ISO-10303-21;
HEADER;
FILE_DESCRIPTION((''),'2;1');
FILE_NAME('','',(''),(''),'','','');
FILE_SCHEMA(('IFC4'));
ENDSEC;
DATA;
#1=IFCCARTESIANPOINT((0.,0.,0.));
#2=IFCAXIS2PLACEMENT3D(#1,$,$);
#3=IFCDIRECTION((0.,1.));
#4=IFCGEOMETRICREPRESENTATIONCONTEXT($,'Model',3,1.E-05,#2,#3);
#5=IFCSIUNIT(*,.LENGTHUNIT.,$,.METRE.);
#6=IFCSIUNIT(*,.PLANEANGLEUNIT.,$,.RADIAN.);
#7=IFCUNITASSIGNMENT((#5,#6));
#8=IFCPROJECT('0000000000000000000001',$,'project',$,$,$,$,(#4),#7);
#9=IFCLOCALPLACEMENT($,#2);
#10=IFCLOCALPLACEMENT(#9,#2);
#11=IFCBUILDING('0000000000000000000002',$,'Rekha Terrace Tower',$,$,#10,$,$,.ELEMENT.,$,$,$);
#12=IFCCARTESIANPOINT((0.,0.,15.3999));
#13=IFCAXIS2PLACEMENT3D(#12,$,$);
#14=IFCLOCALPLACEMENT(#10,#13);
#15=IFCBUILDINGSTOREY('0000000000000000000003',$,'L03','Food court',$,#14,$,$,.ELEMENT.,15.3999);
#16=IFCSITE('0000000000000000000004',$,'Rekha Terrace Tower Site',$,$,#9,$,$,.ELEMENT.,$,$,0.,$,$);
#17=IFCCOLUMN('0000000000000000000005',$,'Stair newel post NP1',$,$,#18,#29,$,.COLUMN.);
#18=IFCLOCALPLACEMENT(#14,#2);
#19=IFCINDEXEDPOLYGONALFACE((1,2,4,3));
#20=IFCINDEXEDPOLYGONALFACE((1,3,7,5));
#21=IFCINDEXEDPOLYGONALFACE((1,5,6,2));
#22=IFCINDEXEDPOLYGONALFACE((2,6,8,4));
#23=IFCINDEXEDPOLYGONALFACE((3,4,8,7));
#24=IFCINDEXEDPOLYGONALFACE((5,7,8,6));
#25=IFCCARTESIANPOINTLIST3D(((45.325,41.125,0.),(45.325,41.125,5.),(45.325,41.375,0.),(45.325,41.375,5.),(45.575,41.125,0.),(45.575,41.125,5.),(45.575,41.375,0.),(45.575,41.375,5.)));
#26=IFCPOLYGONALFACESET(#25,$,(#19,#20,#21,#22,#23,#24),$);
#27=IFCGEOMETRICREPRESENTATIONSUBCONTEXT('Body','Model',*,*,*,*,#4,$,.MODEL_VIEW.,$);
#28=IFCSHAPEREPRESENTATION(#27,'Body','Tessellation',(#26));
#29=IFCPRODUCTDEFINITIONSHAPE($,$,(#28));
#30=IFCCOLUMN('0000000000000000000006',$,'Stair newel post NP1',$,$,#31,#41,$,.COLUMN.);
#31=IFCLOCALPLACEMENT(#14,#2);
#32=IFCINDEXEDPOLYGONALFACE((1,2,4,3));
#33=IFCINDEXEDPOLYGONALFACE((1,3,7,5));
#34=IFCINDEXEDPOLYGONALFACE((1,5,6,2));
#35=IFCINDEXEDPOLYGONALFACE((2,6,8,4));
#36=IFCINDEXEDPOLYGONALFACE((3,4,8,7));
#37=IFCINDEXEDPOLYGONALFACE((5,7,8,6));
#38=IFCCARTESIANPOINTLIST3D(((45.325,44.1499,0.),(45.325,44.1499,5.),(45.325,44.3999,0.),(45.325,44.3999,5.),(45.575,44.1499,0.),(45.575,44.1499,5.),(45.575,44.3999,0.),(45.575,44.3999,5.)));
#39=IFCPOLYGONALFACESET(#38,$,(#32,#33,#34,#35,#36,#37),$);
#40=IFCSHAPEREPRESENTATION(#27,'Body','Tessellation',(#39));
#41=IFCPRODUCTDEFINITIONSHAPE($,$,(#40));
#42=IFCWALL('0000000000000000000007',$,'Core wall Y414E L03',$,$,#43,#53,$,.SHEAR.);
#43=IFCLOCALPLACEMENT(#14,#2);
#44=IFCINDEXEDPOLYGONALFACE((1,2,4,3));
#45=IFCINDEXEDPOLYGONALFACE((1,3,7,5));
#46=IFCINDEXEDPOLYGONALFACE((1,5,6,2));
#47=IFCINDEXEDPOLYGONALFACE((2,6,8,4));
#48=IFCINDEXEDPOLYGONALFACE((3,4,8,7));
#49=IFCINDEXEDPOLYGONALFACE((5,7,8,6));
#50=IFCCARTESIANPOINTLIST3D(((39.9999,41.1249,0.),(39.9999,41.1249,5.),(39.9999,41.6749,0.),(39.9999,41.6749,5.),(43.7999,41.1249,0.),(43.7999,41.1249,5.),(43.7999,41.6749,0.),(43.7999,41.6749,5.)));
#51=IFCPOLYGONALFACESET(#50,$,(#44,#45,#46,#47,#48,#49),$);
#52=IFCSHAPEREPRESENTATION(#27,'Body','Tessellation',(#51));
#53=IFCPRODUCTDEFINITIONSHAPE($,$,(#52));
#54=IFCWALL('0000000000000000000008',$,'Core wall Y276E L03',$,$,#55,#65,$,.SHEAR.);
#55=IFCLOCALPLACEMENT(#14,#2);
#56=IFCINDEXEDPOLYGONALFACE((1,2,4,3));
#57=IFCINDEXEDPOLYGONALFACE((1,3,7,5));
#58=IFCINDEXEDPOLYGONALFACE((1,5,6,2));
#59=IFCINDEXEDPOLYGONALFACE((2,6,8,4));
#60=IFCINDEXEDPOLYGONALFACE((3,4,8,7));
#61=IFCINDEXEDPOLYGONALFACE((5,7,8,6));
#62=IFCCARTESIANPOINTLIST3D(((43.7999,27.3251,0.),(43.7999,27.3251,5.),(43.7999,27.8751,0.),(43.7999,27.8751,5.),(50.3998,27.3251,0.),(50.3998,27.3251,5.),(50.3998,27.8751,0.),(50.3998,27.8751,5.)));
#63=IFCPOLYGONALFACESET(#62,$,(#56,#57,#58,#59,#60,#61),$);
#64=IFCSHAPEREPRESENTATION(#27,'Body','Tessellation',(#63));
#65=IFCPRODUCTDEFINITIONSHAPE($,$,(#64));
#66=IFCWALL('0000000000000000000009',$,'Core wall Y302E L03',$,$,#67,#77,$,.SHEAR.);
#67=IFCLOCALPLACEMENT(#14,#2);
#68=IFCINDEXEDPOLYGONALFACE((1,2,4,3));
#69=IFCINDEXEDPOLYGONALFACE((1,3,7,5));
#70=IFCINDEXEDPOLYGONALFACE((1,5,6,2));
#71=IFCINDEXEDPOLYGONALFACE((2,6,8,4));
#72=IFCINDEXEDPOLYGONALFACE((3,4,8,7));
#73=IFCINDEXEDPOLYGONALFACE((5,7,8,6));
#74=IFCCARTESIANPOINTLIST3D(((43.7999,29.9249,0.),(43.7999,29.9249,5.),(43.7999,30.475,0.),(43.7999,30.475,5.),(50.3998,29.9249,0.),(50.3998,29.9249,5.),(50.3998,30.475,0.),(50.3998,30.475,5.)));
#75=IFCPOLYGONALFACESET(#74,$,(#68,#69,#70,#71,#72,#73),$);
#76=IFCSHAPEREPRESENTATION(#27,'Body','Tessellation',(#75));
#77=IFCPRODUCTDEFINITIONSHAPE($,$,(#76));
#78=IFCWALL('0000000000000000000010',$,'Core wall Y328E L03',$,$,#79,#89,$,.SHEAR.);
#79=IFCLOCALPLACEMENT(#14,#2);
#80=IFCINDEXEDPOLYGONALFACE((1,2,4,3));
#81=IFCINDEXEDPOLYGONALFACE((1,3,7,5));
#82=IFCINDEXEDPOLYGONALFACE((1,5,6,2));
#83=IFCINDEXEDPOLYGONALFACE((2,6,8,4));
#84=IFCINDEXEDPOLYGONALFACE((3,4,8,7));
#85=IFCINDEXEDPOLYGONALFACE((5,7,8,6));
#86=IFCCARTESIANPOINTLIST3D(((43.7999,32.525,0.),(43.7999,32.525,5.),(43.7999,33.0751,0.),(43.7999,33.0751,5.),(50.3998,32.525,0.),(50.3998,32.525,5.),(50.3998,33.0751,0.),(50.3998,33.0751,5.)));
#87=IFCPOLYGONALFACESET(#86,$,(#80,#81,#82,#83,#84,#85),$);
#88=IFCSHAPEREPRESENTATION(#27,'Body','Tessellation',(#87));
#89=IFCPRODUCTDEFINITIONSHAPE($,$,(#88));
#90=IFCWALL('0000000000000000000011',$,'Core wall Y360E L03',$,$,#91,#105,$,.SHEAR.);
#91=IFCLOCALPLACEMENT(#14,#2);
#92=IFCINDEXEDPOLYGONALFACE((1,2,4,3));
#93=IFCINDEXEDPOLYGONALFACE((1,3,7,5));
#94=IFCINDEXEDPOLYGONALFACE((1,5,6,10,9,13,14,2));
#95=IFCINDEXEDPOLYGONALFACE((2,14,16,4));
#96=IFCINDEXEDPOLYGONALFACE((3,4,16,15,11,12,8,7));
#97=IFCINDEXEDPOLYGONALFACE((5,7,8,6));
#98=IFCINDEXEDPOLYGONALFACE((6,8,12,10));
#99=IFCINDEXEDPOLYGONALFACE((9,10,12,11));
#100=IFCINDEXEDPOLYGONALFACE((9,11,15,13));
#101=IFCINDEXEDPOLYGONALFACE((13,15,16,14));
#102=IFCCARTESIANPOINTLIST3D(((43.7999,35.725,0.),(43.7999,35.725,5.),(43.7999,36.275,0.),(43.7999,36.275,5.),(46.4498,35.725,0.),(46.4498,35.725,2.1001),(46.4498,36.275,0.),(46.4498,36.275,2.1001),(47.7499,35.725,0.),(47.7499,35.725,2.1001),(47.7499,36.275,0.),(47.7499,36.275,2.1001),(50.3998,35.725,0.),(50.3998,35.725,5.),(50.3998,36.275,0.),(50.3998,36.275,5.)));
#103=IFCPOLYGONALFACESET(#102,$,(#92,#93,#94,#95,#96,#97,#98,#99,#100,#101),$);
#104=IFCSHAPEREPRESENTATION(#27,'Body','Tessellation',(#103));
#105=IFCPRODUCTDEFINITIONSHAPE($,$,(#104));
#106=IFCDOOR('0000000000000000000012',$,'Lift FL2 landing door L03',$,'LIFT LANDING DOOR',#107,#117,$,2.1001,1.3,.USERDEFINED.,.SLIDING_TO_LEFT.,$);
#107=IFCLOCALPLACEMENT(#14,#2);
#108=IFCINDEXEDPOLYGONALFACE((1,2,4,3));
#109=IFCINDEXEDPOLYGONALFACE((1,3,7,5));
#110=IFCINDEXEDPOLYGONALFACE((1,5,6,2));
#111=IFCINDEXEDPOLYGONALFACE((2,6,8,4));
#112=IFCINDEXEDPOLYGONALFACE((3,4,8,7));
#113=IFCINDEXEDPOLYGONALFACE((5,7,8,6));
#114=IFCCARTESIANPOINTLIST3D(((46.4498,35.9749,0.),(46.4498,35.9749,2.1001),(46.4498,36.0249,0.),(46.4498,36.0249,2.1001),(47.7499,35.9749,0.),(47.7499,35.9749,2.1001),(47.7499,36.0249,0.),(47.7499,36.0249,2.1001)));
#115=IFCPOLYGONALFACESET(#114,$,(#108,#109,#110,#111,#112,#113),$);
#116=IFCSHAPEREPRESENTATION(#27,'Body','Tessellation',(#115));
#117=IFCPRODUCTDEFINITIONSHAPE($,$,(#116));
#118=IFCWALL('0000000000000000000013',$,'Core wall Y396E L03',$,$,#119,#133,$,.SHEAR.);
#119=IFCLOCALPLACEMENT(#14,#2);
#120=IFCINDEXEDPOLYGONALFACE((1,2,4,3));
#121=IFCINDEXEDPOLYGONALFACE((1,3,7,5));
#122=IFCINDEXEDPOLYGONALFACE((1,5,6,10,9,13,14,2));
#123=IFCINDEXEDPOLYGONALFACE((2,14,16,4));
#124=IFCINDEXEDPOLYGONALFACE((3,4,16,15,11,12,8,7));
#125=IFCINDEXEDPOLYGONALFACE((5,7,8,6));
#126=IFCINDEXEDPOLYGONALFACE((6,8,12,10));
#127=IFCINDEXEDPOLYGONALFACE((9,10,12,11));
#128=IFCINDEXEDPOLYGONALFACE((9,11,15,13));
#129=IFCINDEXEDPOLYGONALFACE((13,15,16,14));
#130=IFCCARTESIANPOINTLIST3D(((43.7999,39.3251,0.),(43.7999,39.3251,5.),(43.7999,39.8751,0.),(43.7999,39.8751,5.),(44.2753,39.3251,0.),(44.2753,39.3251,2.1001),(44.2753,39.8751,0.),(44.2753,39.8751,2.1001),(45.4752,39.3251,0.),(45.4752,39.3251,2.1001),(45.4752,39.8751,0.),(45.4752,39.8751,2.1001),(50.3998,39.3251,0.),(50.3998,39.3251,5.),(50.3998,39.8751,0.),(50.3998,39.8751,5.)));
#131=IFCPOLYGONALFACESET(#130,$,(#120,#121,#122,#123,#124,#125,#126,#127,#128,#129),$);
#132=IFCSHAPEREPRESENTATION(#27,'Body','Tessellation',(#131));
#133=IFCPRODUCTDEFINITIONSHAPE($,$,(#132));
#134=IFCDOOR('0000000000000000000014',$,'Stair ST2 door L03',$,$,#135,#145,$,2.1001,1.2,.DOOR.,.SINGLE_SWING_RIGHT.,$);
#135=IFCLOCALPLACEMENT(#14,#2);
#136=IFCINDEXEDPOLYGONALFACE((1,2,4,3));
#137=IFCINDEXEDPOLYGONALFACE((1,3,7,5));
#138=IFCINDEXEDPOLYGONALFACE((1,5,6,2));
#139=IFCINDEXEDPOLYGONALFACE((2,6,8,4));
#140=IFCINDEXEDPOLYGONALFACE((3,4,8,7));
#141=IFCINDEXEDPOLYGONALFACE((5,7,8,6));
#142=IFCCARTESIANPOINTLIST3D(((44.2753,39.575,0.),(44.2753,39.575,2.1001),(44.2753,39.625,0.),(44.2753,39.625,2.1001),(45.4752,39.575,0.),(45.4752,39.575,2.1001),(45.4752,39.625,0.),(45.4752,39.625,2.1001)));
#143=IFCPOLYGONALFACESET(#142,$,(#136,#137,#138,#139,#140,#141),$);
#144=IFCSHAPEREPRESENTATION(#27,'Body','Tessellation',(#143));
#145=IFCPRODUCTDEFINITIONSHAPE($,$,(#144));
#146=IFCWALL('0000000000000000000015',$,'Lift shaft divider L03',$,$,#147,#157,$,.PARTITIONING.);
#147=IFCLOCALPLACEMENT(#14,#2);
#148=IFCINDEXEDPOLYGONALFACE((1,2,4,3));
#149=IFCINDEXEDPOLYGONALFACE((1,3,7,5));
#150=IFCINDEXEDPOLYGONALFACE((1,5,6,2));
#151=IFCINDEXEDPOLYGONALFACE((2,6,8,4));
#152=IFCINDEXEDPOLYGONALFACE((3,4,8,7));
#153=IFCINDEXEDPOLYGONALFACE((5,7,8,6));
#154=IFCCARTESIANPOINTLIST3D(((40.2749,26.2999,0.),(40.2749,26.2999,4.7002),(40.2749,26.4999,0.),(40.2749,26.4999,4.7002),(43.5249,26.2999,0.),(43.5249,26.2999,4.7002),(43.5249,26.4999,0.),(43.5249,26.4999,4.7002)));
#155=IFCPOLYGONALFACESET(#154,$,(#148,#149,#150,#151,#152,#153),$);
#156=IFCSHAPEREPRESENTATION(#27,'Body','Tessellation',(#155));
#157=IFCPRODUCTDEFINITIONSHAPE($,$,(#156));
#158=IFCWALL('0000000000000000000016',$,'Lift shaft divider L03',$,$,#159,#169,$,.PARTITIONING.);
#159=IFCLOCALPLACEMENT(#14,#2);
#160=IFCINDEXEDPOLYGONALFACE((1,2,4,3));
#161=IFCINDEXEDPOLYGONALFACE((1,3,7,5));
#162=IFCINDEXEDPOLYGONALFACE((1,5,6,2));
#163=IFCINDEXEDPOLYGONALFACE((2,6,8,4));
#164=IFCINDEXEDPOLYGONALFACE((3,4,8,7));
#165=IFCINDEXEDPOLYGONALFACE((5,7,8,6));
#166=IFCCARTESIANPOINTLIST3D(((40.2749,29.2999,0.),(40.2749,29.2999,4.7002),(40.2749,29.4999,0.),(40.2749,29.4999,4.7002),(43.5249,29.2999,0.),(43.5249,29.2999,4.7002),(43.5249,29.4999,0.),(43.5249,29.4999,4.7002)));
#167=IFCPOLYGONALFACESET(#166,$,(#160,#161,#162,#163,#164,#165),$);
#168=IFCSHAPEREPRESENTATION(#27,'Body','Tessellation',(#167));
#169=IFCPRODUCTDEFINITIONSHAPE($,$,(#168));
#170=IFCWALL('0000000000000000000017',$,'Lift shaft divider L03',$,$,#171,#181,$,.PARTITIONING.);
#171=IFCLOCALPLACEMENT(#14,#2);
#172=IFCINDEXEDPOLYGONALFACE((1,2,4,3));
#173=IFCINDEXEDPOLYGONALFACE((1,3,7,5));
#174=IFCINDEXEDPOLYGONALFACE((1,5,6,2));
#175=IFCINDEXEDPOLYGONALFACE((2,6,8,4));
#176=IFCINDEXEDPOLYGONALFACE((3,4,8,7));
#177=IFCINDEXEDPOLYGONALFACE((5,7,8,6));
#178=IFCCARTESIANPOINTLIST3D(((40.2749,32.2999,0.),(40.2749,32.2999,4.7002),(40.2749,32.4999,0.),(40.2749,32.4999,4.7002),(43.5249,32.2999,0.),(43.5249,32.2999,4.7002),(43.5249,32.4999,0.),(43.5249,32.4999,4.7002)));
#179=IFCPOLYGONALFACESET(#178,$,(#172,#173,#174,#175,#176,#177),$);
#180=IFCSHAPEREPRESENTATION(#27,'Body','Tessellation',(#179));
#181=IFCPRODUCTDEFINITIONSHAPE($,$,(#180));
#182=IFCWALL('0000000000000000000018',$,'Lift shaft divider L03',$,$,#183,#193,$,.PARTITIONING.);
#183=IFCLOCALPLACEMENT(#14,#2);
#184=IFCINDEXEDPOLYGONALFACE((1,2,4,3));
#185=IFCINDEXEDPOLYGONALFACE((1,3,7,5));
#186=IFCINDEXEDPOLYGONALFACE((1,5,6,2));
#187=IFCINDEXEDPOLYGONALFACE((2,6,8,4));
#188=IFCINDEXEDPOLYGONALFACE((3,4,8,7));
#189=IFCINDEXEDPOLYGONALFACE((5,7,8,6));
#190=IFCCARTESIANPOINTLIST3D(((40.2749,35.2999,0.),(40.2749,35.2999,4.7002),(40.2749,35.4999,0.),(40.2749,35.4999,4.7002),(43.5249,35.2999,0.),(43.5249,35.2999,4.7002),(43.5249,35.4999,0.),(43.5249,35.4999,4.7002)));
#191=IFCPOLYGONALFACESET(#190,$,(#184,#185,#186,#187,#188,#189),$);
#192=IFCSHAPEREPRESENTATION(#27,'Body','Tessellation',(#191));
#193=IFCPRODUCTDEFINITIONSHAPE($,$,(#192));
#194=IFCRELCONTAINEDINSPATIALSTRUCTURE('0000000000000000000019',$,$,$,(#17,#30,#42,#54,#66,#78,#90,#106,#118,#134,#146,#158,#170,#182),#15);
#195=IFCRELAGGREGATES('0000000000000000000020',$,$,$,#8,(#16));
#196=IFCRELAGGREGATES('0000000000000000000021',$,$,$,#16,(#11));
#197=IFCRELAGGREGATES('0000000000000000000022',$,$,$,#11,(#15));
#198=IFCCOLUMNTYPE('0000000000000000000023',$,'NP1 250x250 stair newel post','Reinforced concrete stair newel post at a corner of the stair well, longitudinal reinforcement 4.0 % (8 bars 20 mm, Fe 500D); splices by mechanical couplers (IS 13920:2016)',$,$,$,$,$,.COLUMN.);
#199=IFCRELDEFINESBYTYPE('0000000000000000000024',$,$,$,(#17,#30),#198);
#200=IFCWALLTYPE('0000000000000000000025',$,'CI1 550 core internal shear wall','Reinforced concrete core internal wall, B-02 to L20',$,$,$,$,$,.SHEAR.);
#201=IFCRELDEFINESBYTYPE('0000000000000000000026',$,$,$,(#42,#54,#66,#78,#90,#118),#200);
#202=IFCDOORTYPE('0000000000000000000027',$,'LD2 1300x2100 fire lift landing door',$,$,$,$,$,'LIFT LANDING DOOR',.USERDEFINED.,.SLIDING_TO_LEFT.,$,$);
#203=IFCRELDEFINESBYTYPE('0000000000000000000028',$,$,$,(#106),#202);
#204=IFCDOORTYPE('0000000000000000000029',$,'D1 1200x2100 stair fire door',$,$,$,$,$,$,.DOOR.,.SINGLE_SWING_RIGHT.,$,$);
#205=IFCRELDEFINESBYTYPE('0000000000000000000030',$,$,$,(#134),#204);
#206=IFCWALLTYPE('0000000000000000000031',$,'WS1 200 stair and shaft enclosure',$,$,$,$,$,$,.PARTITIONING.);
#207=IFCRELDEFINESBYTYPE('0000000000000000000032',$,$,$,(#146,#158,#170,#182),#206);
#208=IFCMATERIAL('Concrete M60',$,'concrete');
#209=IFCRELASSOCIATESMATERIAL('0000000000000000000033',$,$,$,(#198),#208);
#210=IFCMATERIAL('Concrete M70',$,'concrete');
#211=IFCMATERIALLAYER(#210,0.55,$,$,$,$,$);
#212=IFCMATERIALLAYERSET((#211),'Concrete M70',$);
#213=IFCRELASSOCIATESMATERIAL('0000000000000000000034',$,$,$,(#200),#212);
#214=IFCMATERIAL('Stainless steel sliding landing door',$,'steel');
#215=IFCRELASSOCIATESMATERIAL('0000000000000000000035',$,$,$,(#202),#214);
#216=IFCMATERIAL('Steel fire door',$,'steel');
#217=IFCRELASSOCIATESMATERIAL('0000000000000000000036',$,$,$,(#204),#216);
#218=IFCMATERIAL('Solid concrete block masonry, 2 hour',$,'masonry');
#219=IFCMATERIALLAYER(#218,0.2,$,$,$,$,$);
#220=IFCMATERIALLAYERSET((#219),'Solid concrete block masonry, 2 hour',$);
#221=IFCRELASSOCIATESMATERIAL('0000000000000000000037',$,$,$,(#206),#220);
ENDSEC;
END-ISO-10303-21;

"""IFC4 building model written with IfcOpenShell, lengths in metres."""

from ifc_helpers import new_model, si_unit, direction, frame, frame_2d, origin, origin_2d, place, context, subcontext, project, spatial, rectangle, extrude, material, layer, layer_set, material_profile, profile_set, type_object, element, fill, save


model = new_model("IFC4")

# Units and contexts
model_context = context("Model", 3, precision=1e-05, world=origin(), true_north=direction((0.0, 1.0)))
body_context = subcontext(model_context, "Body", "Model", "MODEL_VIEW")
ifc_project = project(units=[si_unit("LENGTHUNIT", "METRE"), si_unit("PLANEANGLEUNIT", "RADIAN")], contexts=[model_context])

# Site, building, storey
site_placement = place(None, origin())
site = spatial("IfcSite", under=ifc_project, at=site_placement, Name="Rekha Terrace Tower Site", CompositionType="ELEMENT", RefElevation=0.0)
building_placement = place(site_placement, origin())
building = spatial("IfcBuilding", under=site, at=building_placement, Name="Rekha Terrace Tower", CompositionType="ELEMENT")
storey_placement = place(building_placement, frame((0.0, 0.0, 15.3999)))
storey = spatial("IfcBuildingStorey", under=building, at=storey_placement, Name="L03", Description="Food court", CompositionType="ELEMENT", Elevation=15.3999)

# Columns
ifc_material_1 = material(Name="Concrete M60", Category="concrete")
ifc_material_profile = material_profile(ifc_material_1, rectangle(XDim=0.25, YDim=0.25, at=origin_2d()), Name="RC 250x250")
ifc_profile_set = profile_set([ifc_material_profile], Name="Concrete M60")
column_type = type_object("IfcColumnType", Name="NP1 250x250 stair newel post", Description="Reinforced concrete stair newel post at a corner of the stair well, longitudinal reinforcement 4.0 % (8 bars 20 mm, Fe 500D); splices by mechanical couplers (IS 13920:2016)", PredefinedType="COLUMN", material=ifc_profile_set)
for number, where, z_axis, x_axis, name in (
    (1, (45.45, 41.25, 0.0), (0.0, 0.0, 1.0), (1.0, 0.0, 0.0), "Stair newel post NP1"),
    (2, (45.45, 44.2749, 0.0), (0.0, 0.0, 1.0), (1.0, 0.0, 0.0), "Stair newel post NP1"),
):
    element("IfcColumn", number, at=place(storey_placement, frame(where, z_axis=z_axis, x_axis=x_axis)), inside=storey, type_object=column_type, Name=name, PredefinedType="COLUMN", context=body_context, shape_type="SweptSolid", body=[
        extrude(rectangle(XDim=0.25, YDim=0.25, at=origin_2d()), origin(), (0.0, 0.0, 1.0), 5.0),
    ])

# Walls
ifc_material_2 = material(Name="Concrete M70", Category="concrete")
ifc_layer_1 = layer(ifc_material_2, 0.55)
ifc_layer_set_1 = layer_set([ifc_layer_1], Name="Concrete M70")
wall_type_1 = type_object("IfcWallType", Name="CI1 550 core internal shear wall", Description="Reinforced concrete core internal wall, B-02 to L20", PredefinedType="SHEAR", material=ifc_layer_set_1)
wall_1_placement = place(storey_placement, frame((40.0, 41.3999, 0.0), z_axis=(0.0, 0.0, 1.0), x_axis=(1.0, 0.0, 0.0)))
element("IfcWall", 3, at=wall_1_placement, inside=storey, type_object=wall_type_1, Name="Core wall Y414E L03", PredefinedType="SHEAR", context=body_context, shape_type="SweptSolid", body=[
    extrude(rectangle(XDim=3.8, YDim=0.55, at=frame_2d((1.8999, 0.0))), origin(), (0.0, 0.0, 1.0), 5.0),
])
for number, where, z_axis, x_axis, name in (
    (4, (43.8, 27.6001, 0.0), (0.0, 0.0, 1.0), (1.0, 0.0, 0.0), "Core wall Y276E L03"),
    (5, (43.8, 30.2, 0.0), (0.0, 0.0, 1.0), (1.0, 0.0, 0.0), "Core wall Y302E L03"),
    (6, (43.8, 32.8, 0.0), (0.0, 0.0, 1.0), (1.0, 0.0, 0.0), "Core wall Y328E L03"),
):
    element("IfcWall", number, at=place(storey_placement, frame(where, z_axis=z_axis, x_axis=x_axis)), inside=storey, type_object=wall_type_1, Name=name, PredefinedType="SHEAR", context=body_context, shape_type="SweptSolid", body=[
        extrude(rectangle(XDim=6.5999, YDim=0.55, at=frame_2d((3.2998, 0.0))), origin(), (0.0, 0.0, 1.0), 5.0),
    ])

# Walls, openings, doors
wall_2_placement = place(storey_placement, frame((43.8, 36.0, 0.0), z_axis=(0.0, 0.0, 1.0), x_axis=(1.0, 0.0, 0.0)))
wall_2 = element("IfcWall", 7, at=wall_2_placement, inside=storey, type_object=wall_type_1, Name="Core wall Y360E L03", PredefinedType="SHEAR", context=body_context, shape_type="SweptSolid", body=[
    extrude(rectangle(XDim=6.5999, YDim=0.55, at=frame_2d((3.2998, 0.0))), origin(), (0.0, 0.0, 1.0), 5.0),
])
opening_1_placement = place(wall_2_placement, frame((2.6499, 0.0, 0.0)))
opening_1 = element("IfcOpeningElement", 8, at=opening_1_placement, cuts=wall_2, PredefinedType="OPENING", context=body_context, shape_type="SweptSolid", body=[
    extrude(rectangle(XDim=1.3, YDim=2.1001, at=frame_2d((0.6499, 1.05))), frame((0.0, 0.2849, 0.0), z_axis=(0.0, -1.0, 0.0), x_axis=(1.0, 0.0, 0.0)), (0.0, 0.0, 1.0), 0.5701),
])
ifc_material_3 = material(Name="Stainless steel sliding landing door", Category="steel")
door_type_1 = type_object("IfcDoorType", Name="LD2 1300x2100 fire lift landing door", ElementType="LIFT LANDING DOOR", OperationType="SLIDING_TO_LEFT", PredefinedType="USERDEFINED", material=ifc_material_3)
door_1_placement = place(opening_1_placement, origin())
door_1 = element("IfcDoor", 9, at=door_1_placement, inside=storey, type_object=door_type_1, Name="Lift FL2 landing door L03", ObjectType="LIFT LANDING DOOR", OperationType="SLIDING_TO_LEFT", OverallHeight=2.1001, OverallWidth=1.3, PredefinedType="USERDEFINED", context=body_context, shape_type="SweptSolid", body=[
    extrude(rectangle(XDim=1.3, YDim=2.1001, at=frame_2d((0.6499, 1.05))), frame((0.0, 0.0249, 0.0), z_axis=(0.0, -1.0, 0.0), x_axis=(1.0, 0.0, 0.0)), (0.0, 0.0, 1.0), 0.05),
])
fill(opening_1, door_1)
wall_3_placement = place(storey_placement, frame((43.8, 39.6001, 0.0), z_axis=(0.0, 0.0, 1.0), x_axis=(1.0, 0.0, 0.0)))
wall_3 = element("IfcWall", 10, at=wall_3_placement, inside=storey, type_object=wall_type_1, Name="Core wall Y396E L03", PredefinedType="SHEAR", context=body_context, shape_type="SweptSolid", body=[
    extrude(rectangle(XDim=6.5999, YDim=0.55, at=frame_2d((3.2998, 0.0))), origin(), (0.0, 0.0, 1.0), 5.0),
])
opening_2_placement = place(wall_3_placement, frame((0.4751, 0.0, 0.0)))
opening_2 = element("IfcOpeningElement", 11, at=opening_2_placement, cuts=wall_3, PredefinedType="OPENING", context=body_context, shape_type="SweptSolid", body=[
    extrude(rectangle(XDim=1.2, YDim=2.1001, at=frame_2d((0.6001, 1.05))), frame((0.0, 0.2849, 0.0), z_axis=(0.0, -1.0, 0.0), x_axis=(1.0, 0.0, 0.0)), (0.0, 0.0, 1.0), 0.5701),
])
ifc_material_4 = material(Name="Steel fire door", Category="steel")
door_type_2 = type_object("IfcDoorType", Name="D1 1200x2100 stair fire door", OperationType="SINGLE_SWING_RIGHT", PredefinedType="DOOR", material=ifc_material_4)
door_2_placement = place(opening_2_placement, origin())
door_2 = element("IfcDoor", 12, at=door_2_placement, inside=storey, type_object=door_type_2, Name="Stair ST2 door L03", OperationType="SINGLE_SWING_RIGHT", OverallHeight=2.1001, OverallWidth=1.2, PredefinedType="DOOR", context=body_context, shape_type="SweptSolid", body=[
    extrude(rectangle(XDim=1.2, YDim=2.1001, at=frame_2d((0.6001, 1.05))), frame((0.0, 0.0249, 0.0), z_axis=(0.0, -1.0, 0.0), x_axis=(1.0, 0.0, 0.0)), (0.0, 0.0, 1.0), 0.05),
])
fill(opening_2, door_2)

# Walls
ifc_material_5 = material(Name="Solid concrete block masonry, 2 hour", Category="masonry")
ifc_layer_2 = layer(ifc_material_5, 0.2)
ifc_layer_set_2 = layer_set([ifc_layer_2], Name="Solid concrete block masonry, 2 hour")
wall_type_2 = type_object("IfcWallType", Name="WS1 200 stair and shaft enclosure", PredefinedType="PARTITIONING", material=ifc_layer_set_2)
for number, where, z_axis, x_axis, name in (
    (13, (40.2749, 26.3999, 0.0), (0.0, 0.0, 1.0), (1.0, 0.0, 0.0), "Lift shaft divider L03"),
    (14, (40.2749, 29.3999, 0.0), (0.0, 0.0, 1.0), (1.0, 0.0, 0.0), "Lift shaft divider L03"),
    (15, (40.2749, 32.3999, 0.0), (0.0, 0.0, 1.0), (1.0, 0.0, 0.0), "Lift shaft divider L03"),
    (16, (40.2749, 35.3999, 0.0), (0.0, 0.0, 1.0), (1.0, 0.0, 0.0), "Lift shaft divider L03"),
):
    element("IfcWall", number, at=place(storey_placement, frame(where, z_axis=z_axis, x_axis=x_axis)), inside=storey, type_object=wall_type_2, Name=name, PredefinedType="PARTITIONING", context=body_context, shape_type="SweptSolid", body=[
        extrude(rectangle(XDim=3.25, YDim=0.2, at=frame_2d((1.625, 0.0))), origin(), (0.0, 0.0, 1.0), 4.7002),
    ])

save(model, "model.ifc")
